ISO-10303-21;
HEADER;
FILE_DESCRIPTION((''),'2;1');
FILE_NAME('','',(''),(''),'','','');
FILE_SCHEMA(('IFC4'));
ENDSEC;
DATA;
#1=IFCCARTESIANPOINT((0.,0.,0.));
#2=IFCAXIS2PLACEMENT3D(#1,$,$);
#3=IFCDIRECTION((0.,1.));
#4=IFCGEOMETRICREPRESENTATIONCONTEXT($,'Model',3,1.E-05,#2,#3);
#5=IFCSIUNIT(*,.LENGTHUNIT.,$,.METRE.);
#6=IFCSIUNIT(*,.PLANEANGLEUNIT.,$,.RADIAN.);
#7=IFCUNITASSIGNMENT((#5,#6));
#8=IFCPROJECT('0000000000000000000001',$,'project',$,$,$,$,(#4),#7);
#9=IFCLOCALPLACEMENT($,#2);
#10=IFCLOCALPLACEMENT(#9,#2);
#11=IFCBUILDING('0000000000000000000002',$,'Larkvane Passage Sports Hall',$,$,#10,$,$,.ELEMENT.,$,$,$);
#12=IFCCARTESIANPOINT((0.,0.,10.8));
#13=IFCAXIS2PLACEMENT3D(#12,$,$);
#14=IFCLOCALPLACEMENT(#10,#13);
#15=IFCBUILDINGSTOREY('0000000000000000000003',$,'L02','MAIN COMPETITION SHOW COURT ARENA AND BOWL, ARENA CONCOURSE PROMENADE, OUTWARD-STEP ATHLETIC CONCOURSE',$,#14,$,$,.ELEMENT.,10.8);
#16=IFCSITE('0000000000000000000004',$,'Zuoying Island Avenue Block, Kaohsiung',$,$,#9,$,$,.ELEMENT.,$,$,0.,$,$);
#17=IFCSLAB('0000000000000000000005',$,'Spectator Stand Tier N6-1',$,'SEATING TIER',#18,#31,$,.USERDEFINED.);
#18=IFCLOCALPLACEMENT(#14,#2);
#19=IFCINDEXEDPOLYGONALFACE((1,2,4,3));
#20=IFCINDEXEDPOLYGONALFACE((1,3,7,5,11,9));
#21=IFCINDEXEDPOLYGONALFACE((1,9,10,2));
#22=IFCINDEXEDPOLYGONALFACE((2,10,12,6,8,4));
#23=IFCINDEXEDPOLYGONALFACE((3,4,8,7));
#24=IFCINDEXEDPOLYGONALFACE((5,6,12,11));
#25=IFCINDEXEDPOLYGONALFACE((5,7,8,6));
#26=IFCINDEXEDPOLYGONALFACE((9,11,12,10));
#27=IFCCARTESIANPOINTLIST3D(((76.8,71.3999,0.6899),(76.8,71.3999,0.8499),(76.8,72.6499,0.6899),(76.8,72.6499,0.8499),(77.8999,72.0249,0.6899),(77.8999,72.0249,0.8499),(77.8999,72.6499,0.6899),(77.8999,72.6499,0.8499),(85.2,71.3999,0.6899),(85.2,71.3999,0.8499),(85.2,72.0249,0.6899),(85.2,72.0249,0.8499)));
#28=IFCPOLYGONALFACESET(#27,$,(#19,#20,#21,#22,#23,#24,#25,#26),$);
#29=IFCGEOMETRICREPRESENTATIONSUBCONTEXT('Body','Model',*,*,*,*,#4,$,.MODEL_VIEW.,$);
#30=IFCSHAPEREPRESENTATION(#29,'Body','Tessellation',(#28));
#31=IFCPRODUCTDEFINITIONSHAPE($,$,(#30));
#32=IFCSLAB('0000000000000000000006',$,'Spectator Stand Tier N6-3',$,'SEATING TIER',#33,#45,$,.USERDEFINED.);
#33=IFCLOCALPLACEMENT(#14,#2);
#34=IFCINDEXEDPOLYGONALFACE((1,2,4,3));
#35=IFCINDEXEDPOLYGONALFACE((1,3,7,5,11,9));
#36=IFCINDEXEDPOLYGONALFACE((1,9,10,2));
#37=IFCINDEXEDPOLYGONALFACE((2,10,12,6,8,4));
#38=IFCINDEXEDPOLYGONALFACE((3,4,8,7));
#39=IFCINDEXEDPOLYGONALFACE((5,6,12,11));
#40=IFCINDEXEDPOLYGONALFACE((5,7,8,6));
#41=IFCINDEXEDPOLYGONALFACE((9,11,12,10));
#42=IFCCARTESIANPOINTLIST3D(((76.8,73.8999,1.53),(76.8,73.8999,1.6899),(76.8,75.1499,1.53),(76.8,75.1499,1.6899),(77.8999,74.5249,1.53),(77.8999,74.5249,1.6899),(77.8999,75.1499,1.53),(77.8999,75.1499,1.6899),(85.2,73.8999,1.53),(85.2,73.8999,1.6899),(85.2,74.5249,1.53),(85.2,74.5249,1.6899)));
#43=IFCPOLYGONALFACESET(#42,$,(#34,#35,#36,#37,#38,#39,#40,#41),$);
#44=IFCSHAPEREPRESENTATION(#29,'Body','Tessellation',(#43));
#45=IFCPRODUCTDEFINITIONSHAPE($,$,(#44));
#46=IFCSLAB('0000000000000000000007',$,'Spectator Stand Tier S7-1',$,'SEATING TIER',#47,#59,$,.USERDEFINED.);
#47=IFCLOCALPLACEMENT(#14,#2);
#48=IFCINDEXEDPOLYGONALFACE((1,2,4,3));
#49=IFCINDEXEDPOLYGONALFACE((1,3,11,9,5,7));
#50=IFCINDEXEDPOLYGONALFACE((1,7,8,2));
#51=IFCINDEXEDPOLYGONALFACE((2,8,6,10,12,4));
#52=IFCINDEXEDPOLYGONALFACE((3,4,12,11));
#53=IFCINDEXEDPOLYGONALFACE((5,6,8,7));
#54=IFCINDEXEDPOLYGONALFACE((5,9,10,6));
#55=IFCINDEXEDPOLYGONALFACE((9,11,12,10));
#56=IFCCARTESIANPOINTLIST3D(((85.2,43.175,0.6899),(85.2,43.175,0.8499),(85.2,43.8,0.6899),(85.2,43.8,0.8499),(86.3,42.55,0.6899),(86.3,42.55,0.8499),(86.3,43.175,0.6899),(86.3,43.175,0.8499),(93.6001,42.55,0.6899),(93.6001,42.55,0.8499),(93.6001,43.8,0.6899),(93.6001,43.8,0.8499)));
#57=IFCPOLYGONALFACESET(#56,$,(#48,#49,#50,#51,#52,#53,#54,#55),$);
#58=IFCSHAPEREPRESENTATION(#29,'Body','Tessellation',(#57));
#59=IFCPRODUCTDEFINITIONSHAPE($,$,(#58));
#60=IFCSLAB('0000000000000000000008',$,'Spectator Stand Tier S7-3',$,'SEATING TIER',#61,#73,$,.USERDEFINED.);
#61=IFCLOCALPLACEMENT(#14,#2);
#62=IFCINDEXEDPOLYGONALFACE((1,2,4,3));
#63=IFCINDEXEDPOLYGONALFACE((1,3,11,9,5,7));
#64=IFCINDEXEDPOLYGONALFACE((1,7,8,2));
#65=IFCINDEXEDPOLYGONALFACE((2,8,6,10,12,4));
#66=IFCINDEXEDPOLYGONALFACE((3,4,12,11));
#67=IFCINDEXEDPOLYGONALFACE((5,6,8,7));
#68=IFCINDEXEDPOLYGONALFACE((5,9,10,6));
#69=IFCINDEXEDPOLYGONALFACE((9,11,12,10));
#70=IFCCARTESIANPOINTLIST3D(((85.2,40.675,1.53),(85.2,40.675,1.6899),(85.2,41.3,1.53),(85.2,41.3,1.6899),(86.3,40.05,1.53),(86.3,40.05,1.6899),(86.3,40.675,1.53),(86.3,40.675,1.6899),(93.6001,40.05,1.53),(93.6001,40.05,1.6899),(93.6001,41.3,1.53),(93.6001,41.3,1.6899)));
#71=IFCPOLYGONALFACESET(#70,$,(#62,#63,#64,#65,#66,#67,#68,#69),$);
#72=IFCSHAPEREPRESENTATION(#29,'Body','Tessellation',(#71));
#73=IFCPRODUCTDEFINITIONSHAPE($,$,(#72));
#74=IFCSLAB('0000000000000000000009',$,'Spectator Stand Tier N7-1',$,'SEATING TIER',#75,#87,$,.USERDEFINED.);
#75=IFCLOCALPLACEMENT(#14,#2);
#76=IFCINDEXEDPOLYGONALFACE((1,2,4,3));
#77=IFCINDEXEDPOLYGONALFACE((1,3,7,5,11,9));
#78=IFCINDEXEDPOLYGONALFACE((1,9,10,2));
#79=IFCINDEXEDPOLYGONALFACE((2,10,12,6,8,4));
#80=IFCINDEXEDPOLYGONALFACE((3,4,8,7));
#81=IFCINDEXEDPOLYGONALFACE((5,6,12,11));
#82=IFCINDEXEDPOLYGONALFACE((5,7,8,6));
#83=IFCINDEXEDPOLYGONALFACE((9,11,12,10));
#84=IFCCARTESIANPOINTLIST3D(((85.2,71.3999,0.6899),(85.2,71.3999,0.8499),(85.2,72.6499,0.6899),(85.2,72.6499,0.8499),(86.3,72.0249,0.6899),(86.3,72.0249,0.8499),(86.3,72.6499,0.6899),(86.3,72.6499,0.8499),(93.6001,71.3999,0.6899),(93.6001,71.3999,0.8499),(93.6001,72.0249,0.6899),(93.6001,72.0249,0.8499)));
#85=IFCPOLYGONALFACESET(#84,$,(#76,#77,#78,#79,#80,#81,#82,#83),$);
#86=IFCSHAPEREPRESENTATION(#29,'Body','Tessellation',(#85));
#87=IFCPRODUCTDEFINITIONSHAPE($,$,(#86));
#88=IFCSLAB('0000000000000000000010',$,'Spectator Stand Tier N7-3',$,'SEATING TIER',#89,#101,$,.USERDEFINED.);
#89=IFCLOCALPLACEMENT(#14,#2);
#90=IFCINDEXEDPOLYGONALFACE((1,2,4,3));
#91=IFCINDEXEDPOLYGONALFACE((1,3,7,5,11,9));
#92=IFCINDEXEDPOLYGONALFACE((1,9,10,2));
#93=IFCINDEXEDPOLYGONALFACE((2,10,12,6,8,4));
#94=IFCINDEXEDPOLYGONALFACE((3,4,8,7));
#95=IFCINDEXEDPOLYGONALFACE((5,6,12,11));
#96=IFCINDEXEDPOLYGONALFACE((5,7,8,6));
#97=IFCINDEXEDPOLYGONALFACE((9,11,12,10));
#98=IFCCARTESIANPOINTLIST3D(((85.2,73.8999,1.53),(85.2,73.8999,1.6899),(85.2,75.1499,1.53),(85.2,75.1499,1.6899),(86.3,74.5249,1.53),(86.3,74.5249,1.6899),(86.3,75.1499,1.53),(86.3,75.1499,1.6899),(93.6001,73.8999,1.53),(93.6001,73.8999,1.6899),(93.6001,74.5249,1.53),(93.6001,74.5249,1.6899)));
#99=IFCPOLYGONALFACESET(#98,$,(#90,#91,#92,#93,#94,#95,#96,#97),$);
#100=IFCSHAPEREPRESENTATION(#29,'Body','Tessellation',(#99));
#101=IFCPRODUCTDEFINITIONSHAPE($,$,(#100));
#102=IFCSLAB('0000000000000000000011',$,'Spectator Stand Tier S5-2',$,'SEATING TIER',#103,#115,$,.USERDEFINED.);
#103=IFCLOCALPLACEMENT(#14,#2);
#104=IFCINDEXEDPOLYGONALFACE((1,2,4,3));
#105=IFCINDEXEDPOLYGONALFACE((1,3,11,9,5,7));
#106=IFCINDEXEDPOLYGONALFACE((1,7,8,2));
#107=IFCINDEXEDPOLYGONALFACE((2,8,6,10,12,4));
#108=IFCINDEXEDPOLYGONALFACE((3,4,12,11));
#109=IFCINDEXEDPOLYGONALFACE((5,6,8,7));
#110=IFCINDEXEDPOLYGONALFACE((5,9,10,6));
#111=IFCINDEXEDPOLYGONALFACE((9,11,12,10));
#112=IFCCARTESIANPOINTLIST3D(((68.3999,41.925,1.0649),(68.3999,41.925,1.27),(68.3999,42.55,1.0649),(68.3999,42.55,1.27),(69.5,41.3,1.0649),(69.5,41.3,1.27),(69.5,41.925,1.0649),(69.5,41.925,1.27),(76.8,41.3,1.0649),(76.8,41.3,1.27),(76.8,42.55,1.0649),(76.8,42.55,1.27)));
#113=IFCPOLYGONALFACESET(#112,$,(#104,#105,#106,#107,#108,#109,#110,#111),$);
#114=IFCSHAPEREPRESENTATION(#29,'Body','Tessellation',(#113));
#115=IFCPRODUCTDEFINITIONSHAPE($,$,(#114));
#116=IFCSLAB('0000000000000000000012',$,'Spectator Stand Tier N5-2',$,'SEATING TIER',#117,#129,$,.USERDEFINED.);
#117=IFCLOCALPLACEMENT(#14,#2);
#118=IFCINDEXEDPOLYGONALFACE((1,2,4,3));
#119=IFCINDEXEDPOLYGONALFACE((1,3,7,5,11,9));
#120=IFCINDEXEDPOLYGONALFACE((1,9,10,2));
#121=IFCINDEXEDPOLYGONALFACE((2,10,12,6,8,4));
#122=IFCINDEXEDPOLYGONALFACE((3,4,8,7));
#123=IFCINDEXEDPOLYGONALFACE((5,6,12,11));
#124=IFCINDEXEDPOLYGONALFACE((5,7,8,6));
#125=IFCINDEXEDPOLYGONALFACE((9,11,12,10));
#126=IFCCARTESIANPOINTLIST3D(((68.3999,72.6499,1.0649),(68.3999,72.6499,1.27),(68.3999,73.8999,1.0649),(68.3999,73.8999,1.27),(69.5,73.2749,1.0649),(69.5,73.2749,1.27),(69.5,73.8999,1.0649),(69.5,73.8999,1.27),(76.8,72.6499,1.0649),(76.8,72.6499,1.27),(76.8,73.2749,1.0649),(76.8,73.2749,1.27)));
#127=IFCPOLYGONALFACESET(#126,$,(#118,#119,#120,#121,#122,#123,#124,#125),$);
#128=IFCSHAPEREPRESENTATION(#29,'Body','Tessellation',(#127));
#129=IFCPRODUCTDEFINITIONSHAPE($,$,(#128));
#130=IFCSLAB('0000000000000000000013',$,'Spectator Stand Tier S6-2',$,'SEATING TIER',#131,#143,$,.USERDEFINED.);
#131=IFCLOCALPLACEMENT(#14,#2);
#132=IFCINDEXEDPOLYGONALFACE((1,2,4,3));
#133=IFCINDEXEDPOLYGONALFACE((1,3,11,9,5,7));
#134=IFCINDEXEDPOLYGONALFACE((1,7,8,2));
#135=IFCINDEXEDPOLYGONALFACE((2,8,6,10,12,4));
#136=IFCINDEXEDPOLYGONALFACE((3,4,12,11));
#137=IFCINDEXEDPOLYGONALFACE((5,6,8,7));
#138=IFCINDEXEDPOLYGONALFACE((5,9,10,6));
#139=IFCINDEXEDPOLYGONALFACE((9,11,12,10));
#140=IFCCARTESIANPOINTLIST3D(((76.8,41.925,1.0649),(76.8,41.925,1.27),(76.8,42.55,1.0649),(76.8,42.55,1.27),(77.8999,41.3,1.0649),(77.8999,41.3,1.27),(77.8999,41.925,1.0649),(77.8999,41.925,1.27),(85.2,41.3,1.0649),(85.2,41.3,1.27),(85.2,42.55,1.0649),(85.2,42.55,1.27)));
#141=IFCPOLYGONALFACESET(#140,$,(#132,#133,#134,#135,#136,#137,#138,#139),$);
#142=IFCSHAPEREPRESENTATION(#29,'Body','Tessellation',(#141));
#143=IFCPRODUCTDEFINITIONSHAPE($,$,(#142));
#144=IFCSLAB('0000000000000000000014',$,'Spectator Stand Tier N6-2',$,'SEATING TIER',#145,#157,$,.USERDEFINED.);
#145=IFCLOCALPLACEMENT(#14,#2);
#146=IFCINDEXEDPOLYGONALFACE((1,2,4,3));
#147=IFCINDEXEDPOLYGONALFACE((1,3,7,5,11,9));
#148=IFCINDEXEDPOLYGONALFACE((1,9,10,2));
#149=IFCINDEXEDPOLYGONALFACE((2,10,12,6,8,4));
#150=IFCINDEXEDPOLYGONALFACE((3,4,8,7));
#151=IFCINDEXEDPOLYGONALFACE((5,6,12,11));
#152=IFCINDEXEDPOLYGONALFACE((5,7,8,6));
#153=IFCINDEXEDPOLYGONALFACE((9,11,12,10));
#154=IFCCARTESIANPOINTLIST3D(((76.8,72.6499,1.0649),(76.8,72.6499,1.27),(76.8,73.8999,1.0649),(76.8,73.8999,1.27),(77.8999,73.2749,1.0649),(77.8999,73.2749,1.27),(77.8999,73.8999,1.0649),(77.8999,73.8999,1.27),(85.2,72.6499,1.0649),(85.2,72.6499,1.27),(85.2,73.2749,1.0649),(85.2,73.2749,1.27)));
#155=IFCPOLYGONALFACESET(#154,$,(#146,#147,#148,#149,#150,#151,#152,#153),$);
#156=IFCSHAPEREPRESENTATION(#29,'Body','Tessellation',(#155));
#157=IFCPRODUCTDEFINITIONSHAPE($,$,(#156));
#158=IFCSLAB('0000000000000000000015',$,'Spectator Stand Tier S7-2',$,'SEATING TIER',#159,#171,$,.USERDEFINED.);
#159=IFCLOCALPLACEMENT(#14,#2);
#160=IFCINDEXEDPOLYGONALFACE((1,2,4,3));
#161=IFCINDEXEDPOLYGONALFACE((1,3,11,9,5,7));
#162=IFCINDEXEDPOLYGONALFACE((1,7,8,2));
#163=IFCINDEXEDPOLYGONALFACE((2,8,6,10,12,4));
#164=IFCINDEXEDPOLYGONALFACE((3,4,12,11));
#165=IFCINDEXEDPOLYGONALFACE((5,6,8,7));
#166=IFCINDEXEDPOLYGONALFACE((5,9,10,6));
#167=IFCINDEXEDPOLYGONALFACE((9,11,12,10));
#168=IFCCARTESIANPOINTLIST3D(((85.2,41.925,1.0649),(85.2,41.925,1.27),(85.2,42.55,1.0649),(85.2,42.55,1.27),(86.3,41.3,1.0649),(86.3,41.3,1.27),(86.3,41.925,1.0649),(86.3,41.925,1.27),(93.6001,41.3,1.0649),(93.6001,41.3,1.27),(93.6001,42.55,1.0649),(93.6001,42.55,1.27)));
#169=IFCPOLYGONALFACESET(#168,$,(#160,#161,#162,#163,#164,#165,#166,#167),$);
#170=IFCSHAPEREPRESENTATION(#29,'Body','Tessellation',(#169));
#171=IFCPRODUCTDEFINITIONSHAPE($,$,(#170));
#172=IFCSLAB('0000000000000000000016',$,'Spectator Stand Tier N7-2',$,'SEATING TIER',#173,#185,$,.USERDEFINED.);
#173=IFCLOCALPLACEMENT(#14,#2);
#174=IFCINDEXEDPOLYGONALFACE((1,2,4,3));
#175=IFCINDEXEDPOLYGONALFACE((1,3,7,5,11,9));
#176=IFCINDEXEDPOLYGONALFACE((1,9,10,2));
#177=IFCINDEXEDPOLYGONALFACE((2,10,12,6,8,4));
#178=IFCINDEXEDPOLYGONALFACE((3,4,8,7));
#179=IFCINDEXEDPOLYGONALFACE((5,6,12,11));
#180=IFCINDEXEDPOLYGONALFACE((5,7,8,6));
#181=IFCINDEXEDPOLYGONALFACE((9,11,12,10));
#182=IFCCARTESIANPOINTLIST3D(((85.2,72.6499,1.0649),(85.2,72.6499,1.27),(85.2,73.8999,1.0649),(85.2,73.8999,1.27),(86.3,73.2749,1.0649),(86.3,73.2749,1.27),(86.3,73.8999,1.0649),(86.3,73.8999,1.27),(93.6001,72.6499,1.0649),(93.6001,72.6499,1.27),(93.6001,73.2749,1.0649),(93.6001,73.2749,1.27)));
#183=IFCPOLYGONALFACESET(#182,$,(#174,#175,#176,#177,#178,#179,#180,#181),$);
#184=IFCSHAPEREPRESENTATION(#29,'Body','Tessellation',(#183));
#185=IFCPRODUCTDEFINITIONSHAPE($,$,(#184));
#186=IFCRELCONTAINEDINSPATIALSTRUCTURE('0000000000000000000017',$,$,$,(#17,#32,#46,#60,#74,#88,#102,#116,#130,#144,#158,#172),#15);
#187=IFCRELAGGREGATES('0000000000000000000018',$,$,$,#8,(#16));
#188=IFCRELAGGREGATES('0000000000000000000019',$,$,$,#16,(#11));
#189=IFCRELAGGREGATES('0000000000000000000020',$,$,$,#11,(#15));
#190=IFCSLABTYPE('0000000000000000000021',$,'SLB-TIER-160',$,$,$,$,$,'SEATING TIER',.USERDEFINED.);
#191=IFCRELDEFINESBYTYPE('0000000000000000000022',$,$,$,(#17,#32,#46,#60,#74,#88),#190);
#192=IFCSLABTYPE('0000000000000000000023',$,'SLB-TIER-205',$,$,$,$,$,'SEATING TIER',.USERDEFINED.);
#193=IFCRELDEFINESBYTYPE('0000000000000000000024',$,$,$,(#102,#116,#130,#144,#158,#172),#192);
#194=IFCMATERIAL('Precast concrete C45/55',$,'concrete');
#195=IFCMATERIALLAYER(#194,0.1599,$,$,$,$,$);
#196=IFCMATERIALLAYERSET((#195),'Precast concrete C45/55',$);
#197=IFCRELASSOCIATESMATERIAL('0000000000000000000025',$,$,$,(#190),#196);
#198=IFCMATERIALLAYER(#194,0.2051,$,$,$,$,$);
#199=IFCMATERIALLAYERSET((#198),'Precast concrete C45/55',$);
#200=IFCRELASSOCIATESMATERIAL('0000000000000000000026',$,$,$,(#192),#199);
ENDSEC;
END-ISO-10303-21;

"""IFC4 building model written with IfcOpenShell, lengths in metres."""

from ifc_helpers import new_model, si_unit, direction, frame, origin, place, context, subcontext, project, spatial, polyline, outline, extrude, material, layer, layer_set, type_object, element, save


model = new_model("IFC4")

# Units and contexts
model_context = context("Model", 3, precision=1e-05, world=origin(), true_north=direction((0.0, 1.0)))
body_context = subcontext(model_context, "Body", "Model", "MODEL_VIEW")
ifc_project = project(units=[si_unit("LENGTHUNIT", "METRE"), si_unit("PLANEANGLEUNIT", "RADIAN")], contexts=[model_context])

# Site, building, storey
site_placement = place(None, origin())
site = spatial("IfcSite", under=ifc_project, at=site_placement, Name="Zuoying Island Avenue Block, Kaohsiung", CompositionType="ELEMENT", RefElevation=0.0)
building_placement = place(site_placement, origin())
building = spatial("IfcBuilding", under=site, at=building_placement, Name="Larkvane Passage Sports Hall", CompositionType="ELEMENT")
storey_placement = place(building_placement, frame((0.0, 0.0, 10.8)))
storey = spatial("IfcBuildingStorey", under=building, at=storey_placement, Name="L02", Description="MAIN COMPETITION SHOW COURT ARENA AND BOWL, ARENA CONCOURSE PROMENADE, OUTWARD-STEP ATHLETIC CONCOURSE", CompositionType="ELEMENT", Elevation=10.8)

# Slabs
ifc_material_1 = material(Name="Precast concrete C45/55", Category="concrete")
ifc_layer_1 = layer(ifc_material_1, 0.1599)
ifc_layer_set_1 = layer_set([ifc_layer_1], Name="Precast concrete C45/55")
slab_type_1 = type_object("IfcSlabType", Name="SLB-TIER-160", ElementType="SEATING TIER", PredefinedType="USERDEFINED", material=ifc_layer_set_1)
slab_1_placement = place(storey_placement, frame((0.0, 0.0, 0.6899)))
element("IfcSlab", 1, at=slab_1_placement, inside=storey, type_object=slab_type_1, Name="Spectator Stand Tier N6-1", ObjectType="SEATING TIER", PredefinedType="USERDEFINED", context=body_context, shape_type="SweptSolid", body=[
    extrude(outline(polyline([(76.8, 71.3999), (85.2, 71.3999), (85.2, 72.0249), (77.8999, 72.0249), (77.8999, 72.6499), (76.8, 72.6499), (76.8, 71.3999)])), origin(), (0.0, 0.0, 1.0), 0.1599),
])
slab_2_placement = place(storey_placement, frame((0.0, 0.0, 1.53)))
element("IfcSlab", 2, at=slab_2_placement, inside=storey, type_object=slab_type_1, Name="Spectator Stand Tier N6-3", ObjectType="SEATING TIER", PredefinedType="USERDEFINED", context=body_context, shape_type="SweptSolid", body=[
    extrude(outline(polyline([(76.8, 73.8999), (85.2, 73.8999), (85.2, 74.5249), (77.8999, 74.5249), (77.8999, 75.1499), (76.8, 75.1499), (76.8, 73.8999)])), origin(), (0.0, 0.0, 1.0), 0.1599),
])
slab_3_placement = place(storey_placement, frame((0.0, 0.0, 0.6899)))
element("IfcSlab", 3, at=slab_3_placement, inside=storey, type_object=slab_type_1, Name="Spectator Stand Tier S7-1", ObjectType="SEATING TIER", PredefinedType="USERDEFINED", context=body_context, shape_type="SweptSolid", body=[
    extrude(outline(polyline([(86.3, 42.55), (93.6001, 42.55), (93.6001, 43.8), (85.2, 43.8), (85.2, 43.175), (86.3, 43.175), (86.3, 42.55)])), origin(), (0.0, 0.0, 1.0), 0.1599),
])
slab_4_placement = place(storey_placement, frame((0.0, 0.0, 1.53)))
element("IfcSlab", 4, at=slab_4_placement, inside=storey, type_object=slab_type_1, Name="Spectator Stand Tier S7-3", ObjectType="SEATING TIER", PredefinedType="USERDEFINED", context=body_context, shape_type="SweptSolid", body=[
    extrude(outline(polyline([(86.3, 40.05), (93.6001, 40.05), (93.6001, 41.3), (85.2, 41.3), (85.2, 40.675), (86.3, 40.675), (86.3, 40.05)])), origin(), (0.0, 0.0, 1.0), 0.1599),
])
slab_5_placement = place(storey_placement, frame((0.0, 0.0, 0.6899)))
element("IfcSlab", 5, at=slab_5_placement, inside=storey, type_object=slab_type_1, Name="Spectator Stand Tier N7-1", ObjectType="SEATING TIER", PredefinedType="USERDEFINED", context=body_context, shape_type="SweptSolid", body=[
    extrude(outline(polyline([(85.2, 71.3999), (93.6001, 71.3999), (93.6001, 72.0249), (86.3, 72.0249), (86.3, 72.6499), (85.2, 72.6499), (85.2, 71.3999)])), origin(), (0.0, 0.0, 1.0), 0.1599),
])
slab_6_placement = place(storey_placement, frame((0.0, 0.0, 1.53)))
element("IfcSlab", 6, at=slab_6_placement, inside=storey, type_object=slab_type_1, Name="Spectator Stand Tier N7-3", ObjectType="SEATING TIER", PredefinedType="USERDEFINED", context=body_context, shape_type="SweptSolid", body=[
    extrude(outline(polyline([(85.2, 73.8999), (93.6001, 73.8999), (93.6001, 74.5249), (86.3, 74.5249), (86.3, 75.1499), (85.2, 75.1499), (85.2, 73.8999)])), origin(), (0.0, 0.0, 1.0), 0.1599),
])
ifc_layer_2 = layer(ifc_material_1, 0.2051)
ifc_layer_set_2 = layer_set([ifc_layer_2], Name="Precast concrete C45/55")
slab_type_2 = type_object("IfcSlabType", Name="SLB-TIER-205", ElementType="SEATING TIER", PredefinedType="USERDEFINED", material=ifc_layer_set_2)
slab_7_placement = place(storey_placement, frame((0.0, 0.0, 1.0649)))
element("IfcSlab", 7, at=slab_7_placement, inside=storey, type_object=slab_type_2, Name="Spectator Stand Tier S5-2", ObjectType="SEATING TIER", PredefinedType="USERDEFINED", context=body_context, shape_type="SweptSolid", body=[
    extrude(outline(polyline([(69.5, 41.3), (76.8, 41.3), (76.8, 42.55), (68.3999, 42.55), (68.3999, 41.925), (69.5, 41.925), (69.5, 41.3)])), origin(), (0.0, 0.0, 1.0), 0.2051),
])
slab_8_placement = place(storey_placement, frame((0.0, 0.0, 1.0649)))
element("IfcSlab", 8, at=slab_8_placement, inside=storey, type_object=slab_type_2, Name="Spectator Stand Tier N5-2", ObjectType="SEATING TIER", PredefinedType="USERDEFINED", context=body_context, shape_type="SweptSolid", body=[
    extrude(outline(polyline([(68.3999, 72.6499), (76.8, 72.6499), (76.8, 73.2749), (69.5, 73.2749), (69.5, 73.8999), (68.3999, 73.8999), (68.3999, 72.6499)])), origin(), (0.0, 0.0, 1.0), 0.2051),
])
slab_9_placement = place(storey_placement, frame((0.0, 0.0, 1.0649)))
element("IfcSlab", 9, at=slab_9_placement, inside=storey, type_object=slab_type_2, Name="Spectator Stand Tier S6-2", ObjectType="SEATING TIER", PredefinedType="USERDEFINED", context=body_context, shape_type="SweptSolid", body=[
    extrude(outline(polyline([(77.8999, 41.3), (85.2, 41.3), (85.2, 42.55), (76.8, 42.55), (76.8, 41.925), (77.8999, 41.925), (77.8999, 41.3)])), origin(), (0.0, 0.0, 1.0), 0.2051),
])
slab_10_placement = place(storey_placement, frame((0.0, 0.0, 1.0649)))
element("IfcSlab", 10, at=slab_10_placement, inside=storey, type_object=slab_type_2, Name="Spectator Stand Tier N6-2", ObjectType="SEATING TIER", PredefinedType="USERDEFINED", context=body_context, shape_type="SweptSolid", body=[
    extrude(outline(polyline([(76.8, 72.6499), (85.2, 72.6499), (85.2, 73.2749), (77.8999, 73.2749), (77.8999, 73.8999), (76.8, 73.8999), (76.8, 72.6499)])), origin(), (0.0, 0.0, 1.0), 0.2051),
])
slab_11_placement = place(storey_placement, frame((0.0, 0.0, 1.0649)))
element("IfcSlab", 11, at=slab_11_placement, inside=storey, type_object=slab_type_2, Name="Spectator Stand Tier S7-2", ObjectType="SEATING TIER", PredefinedType="USERDEFINED", context=body_context, shape_type="SweptSolid", body=[
    extrude(outline(polyline([(86.3, 41.3), (93.6001, 41.3), (93.6001, 42.55), (85.2, 42.55), (85.2, 41.925), (86.3, 41.925), (86.3, 41.3)])), origin(), (0.0, 0.0, 1.0), 0.2051),
])
slab_12_placement = place(storey_placement, frame((0.0, 0.0, 1.0649)))
element("IfcSlab", 12, at=slab_12_placement, inside=storey, type_object=slab_type_2, Name="Spectator Stand Tier N7-2", ObjectType="SEATING TIER", PredefinedType="USERDEFINED", context=body_context, shape_type="SweptSolid", body=[
    extrude(outline(polyline([(85.2, 72.6499), (93.6001, 72.6499), (93.6001, 73.2749), (86.3, 73.2749), (86.3, 73.8999), (85.2, 73.8999), (85.2, 72.6499)])), origin(), (0.0, 0.0, 1.0), 0.2051),
])

save(model, "model.ifc")
